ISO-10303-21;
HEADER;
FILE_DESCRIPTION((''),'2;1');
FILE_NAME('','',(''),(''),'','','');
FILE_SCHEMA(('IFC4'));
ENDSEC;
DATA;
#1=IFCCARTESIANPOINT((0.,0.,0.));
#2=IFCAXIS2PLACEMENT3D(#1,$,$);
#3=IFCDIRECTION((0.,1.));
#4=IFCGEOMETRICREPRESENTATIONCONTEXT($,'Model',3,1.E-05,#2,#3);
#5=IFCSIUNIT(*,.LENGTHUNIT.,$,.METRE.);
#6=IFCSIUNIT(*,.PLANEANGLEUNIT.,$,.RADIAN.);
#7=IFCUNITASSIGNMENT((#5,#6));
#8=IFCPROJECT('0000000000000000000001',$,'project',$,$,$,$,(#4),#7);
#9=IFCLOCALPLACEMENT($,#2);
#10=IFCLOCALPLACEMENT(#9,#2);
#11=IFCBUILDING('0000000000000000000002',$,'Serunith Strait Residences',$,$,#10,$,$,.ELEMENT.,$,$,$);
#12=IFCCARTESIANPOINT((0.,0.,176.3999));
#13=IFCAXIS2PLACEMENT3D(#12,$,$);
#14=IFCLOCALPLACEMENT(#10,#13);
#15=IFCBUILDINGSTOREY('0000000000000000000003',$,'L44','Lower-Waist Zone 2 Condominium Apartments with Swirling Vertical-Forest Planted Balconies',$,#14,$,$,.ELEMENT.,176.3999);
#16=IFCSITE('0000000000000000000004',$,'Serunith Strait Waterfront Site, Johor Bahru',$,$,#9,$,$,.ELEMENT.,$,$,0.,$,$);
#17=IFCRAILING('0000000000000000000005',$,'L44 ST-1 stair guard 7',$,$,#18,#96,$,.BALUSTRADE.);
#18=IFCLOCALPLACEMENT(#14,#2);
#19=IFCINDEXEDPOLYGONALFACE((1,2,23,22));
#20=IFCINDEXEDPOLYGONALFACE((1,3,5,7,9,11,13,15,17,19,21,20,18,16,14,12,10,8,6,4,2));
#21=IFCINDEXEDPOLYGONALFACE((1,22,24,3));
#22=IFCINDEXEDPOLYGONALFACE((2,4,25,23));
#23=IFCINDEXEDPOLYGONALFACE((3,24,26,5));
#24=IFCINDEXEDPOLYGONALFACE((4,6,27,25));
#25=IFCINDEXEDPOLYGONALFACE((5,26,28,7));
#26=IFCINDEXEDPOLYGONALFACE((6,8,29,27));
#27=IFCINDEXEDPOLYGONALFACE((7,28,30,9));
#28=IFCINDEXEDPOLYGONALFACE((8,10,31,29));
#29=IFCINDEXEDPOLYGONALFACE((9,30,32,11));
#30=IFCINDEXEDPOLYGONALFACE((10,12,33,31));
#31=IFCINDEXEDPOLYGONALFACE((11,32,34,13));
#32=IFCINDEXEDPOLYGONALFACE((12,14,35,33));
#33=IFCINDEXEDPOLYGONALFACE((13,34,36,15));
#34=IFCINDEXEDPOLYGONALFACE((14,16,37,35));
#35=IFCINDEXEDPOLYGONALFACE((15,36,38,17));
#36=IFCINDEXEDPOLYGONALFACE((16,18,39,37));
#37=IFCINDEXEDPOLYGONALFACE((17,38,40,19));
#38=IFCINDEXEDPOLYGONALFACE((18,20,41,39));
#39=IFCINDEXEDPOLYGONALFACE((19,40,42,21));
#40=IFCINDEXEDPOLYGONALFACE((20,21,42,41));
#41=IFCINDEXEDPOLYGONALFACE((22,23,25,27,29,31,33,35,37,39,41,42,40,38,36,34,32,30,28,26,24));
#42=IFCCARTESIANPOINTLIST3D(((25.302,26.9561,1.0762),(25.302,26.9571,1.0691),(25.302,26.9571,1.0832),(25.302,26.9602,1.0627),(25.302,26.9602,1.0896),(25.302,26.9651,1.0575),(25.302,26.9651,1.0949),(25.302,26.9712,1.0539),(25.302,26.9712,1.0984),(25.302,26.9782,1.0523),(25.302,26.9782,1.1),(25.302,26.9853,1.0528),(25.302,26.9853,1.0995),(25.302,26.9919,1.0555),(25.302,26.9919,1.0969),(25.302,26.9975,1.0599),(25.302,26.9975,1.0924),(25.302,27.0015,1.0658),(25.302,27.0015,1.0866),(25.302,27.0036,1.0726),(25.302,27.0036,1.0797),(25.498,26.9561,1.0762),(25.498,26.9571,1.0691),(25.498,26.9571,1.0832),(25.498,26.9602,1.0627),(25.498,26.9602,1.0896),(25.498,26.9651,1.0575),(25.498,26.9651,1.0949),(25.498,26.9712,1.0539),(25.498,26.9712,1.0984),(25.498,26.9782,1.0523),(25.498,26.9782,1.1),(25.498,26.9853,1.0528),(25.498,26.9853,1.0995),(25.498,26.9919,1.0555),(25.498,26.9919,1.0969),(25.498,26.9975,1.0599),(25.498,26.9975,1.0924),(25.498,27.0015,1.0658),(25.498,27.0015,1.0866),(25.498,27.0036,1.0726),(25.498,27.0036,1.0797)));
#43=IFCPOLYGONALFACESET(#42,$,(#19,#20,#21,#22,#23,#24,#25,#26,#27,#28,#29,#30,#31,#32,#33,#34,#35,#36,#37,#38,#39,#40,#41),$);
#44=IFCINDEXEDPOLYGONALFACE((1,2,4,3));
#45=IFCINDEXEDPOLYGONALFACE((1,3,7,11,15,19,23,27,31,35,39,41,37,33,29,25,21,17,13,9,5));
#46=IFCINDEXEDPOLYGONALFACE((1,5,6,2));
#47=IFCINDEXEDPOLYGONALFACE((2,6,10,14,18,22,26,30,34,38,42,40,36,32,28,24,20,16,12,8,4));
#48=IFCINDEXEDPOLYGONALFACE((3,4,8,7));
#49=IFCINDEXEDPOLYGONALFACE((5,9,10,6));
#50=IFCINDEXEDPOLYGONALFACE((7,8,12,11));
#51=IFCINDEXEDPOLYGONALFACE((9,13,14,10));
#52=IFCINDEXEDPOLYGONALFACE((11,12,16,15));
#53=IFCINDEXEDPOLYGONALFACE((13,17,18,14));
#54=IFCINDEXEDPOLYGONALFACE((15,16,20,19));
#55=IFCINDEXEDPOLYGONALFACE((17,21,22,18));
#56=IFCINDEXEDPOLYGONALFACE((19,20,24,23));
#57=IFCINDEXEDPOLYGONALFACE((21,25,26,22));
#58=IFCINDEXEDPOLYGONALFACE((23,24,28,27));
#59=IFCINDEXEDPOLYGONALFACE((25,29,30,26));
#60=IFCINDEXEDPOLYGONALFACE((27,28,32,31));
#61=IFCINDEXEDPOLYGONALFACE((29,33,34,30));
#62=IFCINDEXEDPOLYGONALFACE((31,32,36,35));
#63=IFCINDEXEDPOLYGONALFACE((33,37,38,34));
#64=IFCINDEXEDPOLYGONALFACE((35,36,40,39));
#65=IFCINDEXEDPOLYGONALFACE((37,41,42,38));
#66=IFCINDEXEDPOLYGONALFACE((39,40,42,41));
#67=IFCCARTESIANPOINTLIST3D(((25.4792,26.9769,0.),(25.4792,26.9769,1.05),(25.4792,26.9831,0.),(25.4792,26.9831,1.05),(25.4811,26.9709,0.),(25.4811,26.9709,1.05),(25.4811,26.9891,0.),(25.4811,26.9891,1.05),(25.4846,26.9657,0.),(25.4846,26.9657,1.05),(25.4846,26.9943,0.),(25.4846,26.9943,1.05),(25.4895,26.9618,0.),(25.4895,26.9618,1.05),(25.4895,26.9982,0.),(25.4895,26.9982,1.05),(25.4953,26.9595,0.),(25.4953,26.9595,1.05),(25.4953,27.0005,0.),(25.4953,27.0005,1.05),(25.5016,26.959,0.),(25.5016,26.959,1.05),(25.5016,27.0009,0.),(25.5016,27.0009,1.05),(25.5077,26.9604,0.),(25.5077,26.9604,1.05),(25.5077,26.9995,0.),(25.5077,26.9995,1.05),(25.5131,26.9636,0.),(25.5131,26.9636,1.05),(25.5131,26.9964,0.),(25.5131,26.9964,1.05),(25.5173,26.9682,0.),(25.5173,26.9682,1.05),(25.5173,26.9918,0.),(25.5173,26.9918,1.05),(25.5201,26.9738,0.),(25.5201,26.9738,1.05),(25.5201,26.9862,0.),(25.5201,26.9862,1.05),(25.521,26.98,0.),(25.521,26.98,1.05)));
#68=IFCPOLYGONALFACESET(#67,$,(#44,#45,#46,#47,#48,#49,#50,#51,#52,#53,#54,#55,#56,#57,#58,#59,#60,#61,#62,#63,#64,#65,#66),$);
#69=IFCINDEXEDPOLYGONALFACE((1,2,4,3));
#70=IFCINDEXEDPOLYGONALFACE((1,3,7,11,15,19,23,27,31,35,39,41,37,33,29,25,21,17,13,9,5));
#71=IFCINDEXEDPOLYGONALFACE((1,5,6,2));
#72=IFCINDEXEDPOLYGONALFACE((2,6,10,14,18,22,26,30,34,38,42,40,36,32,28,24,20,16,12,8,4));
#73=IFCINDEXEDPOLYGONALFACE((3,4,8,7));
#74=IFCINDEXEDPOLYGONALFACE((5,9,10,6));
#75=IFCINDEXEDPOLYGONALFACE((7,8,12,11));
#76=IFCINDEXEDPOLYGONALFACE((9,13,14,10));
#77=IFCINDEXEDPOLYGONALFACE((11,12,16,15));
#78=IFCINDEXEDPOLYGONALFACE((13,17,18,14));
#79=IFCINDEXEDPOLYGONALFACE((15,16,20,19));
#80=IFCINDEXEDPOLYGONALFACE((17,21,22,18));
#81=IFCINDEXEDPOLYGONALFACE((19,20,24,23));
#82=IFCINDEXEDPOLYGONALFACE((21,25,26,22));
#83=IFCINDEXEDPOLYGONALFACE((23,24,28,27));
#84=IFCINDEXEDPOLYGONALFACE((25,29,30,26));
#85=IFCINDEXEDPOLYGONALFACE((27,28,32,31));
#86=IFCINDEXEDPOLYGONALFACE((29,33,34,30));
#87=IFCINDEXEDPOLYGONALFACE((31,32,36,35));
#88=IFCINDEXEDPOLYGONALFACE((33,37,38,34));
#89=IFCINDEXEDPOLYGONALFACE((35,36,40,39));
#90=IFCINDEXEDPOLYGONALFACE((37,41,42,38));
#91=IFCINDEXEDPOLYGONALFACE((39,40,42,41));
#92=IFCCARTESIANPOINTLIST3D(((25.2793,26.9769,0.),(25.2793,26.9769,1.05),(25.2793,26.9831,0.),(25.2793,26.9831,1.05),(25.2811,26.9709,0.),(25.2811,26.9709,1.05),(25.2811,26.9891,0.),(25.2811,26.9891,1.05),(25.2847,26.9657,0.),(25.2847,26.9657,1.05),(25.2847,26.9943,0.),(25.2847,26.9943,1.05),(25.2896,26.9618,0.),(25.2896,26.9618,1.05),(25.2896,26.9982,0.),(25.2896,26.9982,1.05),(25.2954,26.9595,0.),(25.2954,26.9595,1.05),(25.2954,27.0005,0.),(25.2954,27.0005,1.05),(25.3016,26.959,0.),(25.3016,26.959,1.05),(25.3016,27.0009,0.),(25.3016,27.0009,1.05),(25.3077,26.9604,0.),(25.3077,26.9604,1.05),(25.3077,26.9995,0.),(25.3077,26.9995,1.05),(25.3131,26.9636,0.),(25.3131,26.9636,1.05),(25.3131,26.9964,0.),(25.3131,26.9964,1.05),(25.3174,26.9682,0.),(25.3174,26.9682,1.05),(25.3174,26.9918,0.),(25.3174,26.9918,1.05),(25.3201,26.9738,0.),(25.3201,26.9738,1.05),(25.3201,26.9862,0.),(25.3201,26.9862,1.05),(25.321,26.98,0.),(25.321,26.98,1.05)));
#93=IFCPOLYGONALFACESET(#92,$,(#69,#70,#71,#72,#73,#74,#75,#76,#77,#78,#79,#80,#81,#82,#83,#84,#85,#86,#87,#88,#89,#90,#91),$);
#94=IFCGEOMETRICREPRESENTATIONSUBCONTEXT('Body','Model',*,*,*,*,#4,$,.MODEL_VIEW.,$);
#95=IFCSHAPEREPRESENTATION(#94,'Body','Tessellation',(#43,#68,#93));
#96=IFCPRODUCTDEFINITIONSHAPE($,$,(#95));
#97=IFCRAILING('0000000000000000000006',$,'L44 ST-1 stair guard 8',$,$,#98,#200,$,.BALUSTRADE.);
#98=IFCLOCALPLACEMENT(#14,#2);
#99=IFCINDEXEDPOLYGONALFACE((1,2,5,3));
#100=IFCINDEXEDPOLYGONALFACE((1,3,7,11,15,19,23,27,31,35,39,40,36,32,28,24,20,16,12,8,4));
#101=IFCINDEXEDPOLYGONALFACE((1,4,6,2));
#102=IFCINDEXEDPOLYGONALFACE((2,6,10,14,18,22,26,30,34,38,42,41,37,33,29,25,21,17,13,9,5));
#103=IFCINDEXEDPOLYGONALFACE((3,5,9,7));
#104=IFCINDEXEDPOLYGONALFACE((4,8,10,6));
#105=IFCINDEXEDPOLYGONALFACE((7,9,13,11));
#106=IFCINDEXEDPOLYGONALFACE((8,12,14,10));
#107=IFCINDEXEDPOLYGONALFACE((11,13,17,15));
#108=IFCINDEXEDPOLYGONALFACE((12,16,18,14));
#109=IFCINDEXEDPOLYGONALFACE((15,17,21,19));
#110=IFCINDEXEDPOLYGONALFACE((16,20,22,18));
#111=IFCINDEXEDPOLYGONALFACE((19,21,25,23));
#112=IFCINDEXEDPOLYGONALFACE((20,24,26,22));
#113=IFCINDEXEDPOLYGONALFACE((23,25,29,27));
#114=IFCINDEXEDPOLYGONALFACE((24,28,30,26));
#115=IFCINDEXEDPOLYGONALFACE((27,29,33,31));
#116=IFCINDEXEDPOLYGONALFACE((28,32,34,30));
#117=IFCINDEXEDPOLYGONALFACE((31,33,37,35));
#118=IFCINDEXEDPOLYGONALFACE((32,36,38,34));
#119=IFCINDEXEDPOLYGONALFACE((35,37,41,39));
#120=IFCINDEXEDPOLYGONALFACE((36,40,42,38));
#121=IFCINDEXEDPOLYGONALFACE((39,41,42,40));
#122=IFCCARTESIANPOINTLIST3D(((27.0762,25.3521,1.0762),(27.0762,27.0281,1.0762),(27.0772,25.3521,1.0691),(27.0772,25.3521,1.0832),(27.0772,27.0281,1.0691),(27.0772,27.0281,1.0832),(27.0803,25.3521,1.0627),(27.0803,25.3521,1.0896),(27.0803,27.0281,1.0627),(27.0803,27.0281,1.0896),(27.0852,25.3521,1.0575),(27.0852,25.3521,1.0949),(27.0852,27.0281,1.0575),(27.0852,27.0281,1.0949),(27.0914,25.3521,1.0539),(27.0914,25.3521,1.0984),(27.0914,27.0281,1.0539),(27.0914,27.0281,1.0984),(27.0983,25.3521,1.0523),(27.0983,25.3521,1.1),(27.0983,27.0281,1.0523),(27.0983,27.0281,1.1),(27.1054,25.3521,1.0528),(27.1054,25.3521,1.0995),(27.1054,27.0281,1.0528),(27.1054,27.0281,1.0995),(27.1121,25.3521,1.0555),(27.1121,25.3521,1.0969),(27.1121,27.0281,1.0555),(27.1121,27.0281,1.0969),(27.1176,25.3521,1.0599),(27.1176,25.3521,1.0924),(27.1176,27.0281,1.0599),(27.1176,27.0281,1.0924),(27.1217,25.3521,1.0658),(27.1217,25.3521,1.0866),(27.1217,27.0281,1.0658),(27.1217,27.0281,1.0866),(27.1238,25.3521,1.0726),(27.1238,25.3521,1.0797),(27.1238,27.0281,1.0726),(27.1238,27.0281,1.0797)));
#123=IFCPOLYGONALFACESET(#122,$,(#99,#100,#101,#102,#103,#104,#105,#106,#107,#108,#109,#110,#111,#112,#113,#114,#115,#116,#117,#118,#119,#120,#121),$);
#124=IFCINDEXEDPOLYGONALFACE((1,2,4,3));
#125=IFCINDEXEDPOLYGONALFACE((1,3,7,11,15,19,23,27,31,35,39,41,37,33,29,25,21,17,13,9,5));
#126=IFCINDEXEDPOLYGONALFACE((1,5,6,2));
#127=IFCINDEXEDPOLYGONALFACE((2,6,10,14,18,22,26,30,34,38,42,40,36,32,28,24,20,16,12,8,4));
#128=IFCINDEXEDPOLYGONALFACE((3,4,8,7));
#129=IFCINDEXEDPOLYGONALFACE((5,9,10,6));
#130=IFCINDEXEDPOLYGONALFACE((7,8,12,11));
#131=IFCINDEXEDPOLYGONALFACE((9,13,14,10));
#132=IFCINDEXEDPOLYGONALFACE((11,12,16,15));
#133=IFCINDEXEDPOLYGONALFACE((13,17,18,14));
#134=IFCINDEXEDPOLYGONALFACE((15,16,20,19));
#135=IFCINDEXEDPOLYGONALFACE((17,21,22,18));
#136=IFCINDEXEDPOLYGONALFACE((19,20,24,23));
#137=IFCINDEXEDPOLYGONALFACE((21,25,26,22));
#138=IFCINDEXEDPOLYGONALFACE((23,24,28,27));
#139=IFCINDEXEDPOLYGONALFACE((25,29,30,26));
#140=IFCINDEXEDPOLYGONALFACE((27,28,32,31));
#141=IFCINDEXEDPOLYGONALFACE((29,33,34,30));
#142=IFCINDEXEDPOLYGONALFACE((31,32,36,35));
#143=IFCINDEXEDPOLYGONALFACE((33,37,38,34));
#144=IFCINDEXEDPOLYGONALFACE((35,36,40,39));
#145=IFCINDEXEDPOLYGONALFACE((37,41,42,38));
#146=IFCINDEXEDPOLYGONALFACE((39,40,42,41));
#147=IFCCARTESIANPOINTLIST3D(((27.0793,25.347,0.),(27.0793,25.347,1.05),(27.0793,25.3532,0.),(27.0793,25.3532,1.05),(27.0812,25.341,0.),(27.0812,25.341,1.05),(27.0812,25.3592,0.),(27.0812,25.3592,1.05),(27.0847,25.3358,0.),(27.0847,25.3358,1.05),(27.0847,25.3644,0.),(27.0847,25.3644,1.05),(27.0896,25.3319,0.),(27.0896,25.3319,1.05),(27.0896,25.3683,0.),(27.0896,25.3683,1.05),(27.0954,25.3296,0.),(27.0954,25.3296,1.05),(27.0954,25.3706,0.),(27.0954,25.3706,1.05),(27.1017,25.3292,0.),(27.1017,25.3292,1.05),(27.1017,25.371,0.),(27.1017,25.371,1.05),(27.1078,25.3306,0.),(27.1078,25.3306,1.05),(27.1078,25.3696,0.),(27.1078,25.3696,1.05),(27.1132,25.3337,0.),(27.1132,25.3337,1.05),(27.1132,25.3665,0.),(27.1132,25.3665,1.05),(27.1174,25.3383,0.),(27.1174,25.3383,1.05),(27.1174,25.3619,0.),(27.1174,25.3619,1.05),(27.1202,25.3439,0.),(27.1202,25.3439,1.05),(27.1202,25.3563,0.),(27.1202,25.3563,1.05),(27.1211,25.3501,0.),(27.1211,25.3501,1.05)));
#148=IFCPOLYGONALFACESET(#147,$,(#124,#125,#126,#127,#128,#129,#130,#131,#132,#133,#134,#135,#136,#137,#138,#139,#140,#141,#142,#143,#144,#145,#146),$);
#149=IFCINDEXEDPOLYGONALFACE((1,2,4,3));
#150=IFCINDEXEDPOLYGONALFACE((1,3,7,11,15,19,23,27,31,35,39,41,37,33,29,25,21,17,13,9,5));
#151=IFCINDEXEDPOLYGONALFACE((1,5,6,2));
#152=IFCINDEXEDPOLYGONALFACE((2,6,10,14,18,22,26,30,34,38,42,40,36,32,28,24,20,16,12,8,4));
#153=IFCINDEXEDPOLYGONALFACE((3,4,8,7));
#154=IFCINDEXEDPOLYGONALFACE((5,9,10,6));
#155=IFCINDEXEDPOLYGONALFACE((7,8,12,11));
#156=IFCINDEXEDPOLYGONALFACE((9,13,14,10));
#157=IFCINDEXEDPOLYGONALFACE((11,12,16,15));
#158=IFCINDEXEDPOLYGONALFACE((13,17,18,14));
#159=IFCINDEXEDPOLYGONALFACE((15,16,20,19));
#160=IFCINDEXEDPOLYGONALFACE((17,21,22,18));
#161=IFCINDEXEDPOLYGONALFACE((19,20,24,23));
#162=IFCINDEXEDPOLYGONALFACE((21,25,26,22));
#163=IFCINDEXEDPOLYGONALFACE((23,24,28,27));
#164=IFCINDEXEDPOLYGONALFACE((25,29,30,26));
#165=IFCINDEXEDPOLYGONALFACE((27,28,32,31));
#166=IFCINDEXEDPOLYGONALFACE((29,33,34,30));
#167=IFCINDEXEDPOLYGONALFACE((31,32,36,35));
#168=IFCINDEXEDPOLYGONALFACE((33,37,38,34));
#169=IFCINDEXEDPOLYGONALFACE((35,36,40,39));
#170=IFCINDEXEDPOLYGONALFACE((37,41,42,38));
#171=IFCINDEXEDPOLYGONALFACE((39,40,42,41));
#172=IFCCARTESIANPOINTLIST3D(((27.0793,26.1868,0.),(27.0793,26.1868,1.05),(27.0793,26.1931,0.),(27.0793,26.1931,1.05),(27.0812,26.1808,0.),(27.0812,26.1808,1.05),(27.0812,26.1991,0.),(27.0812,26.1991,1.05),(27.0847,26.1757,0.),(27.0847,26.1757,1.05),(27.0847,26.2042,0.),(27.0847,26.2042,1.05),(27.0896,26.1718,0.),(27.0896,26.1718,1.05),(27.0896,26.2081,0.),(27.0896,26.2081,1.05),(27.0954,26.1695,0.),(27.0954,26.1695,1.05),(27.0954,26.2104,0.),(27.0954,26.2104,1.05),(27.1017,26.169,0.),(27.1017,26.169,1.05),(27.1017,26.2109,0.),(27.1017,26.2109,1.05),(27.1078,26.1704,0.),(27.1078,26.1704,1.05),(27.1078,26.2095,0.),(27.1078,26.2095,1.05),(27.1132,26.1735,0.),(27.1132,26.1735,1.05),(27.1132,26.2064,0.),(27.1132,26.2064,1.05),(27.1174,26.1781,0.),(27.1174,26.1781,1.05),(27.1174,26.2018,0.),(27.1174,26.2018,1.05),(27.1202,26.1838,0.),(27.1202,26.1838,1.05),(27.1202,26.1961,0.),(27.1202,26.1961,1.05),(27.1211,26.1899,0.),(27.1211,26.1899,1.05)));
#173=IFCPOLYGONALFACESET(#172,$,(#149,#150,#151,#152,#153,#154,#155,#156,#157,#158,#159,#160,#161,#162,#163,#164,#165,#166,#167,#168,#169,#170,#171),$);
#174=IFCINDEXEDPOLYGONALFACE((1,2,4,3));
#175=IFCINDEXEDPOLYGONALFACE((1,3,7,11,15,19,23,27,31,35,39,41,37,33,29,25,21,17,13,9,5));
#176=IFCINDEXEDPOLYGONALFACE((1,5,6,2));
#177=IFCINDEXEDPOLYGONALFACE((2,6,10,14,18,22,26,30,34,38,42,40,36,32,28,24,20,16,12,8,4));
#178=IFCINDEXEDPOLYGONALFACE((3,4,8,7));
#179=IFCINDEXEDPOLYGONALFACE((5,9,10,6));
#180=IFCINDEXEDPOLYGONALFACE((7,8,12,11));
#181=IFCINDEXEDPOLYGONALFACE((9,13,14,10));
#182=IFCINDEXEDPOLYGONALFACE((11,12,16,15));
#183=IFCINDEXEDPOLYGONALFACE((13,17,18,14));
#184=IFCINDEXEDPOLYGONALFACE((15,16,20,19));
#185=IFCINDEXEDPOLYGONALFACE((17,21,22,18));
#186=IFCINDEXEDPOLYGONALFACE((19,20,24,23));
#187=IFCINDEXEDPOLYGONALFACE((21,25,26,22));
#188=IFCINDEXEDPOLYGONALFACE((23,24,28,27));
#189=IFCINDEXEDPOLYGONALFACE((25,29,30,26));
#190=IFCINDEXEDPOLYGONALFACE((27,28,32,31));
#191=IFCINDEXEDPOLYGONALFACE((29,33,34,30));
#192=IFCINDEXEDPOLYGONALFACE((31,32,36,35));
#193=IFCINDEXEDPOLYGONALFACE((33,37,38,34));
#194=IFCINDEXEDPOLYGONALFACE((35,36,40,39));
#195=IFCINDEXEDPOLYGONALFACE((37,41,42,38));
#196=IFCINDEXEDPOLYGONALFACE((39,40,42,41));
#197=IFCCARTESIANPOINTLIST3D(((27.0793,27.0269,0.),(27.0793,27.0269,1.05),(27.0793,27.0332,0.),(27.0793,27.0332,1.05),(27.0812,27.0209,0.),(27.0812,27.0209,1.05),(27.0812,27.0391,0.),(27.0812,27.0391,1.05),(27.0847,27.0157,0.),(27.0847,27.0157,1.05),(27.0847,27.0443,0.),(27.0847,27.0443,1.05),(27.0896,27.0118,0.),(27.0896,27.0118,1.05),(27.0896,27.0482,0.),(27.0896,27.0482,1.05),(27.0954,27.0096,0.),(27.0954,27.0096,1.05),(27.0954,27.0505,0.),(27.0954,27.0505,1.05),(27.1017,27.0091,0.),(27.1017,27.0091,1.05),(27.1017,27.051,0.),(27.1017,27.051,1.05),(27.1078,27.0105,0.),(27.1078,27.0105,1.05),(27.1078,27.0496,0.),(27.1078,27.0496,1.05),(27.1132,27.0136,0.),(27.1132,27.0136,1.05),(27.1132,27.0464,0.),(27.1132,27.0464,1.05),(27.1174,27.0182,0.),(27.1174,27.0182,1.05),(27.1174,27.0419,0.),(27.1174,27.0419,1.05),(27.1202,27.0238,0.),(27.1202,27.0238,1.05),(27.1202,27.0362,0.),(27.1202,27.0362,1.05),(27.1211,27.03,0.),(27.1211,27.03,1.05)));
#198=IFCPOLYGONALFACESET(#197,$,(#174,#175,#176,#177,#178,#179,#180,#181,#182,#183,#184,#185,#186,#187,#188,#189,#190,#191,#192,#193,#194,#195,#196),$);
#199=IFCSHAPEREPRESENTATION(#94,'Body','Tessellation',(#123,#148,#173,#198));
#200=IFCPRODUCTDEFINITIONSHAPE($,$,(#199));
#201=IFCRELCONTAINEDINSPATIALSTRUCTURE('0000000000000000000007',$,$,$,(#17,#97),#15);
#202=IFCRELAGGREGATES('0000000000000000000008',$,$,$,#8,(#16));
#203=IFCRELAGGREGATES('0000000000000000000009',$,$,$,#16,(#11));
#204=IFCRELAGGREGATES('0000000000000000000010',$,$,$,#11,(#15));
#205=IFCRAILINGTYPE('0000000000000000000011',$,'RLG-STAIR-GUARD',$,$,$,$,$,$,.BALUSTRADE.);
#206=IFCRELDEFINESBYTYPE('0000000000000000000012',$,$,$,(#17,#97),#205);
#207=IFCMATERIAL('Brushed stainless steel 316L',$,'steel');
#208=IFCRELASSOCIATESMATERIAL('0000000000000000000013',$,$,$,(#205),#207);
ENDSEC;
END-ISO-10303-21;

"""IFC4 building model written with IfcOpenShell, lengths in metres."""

from ifc_helpers import new_model, si_unit, direction, frame, origin, origin_2d, place, context, subcontext, project, spatial, circle, extrude, material, type_object, element, save


model = new_model("IFC4")

# Units and contexts
model_context = context("Model", 3, precision=1e-05, world=origin(), true_north=direction((0.0, 1.0)))
body_context = subcontext(model_context, "Body", "Model", "MODEL_VIEW")
ifc_project = project(units=[si_unit("LENGTHUNIT", "METRE"), si_unit("PLANEANGLEUNIT", "RADIAN")], contexts=[model_context])

# Site, building, storey
site_placement = place(None, origin())
site = spatial("IfcSite", under=ifc_project, at=site_placement, Name="Serunith Strait Waterfront Site, Johor Bahru", CompositionType="ELEMENT", RefElevation=0.0)
building_placement = place(site_placement, origin())
building = spatial("IfcBuilding", under=site, at=building_placement, Name="Serunith Strait Residences", CompositionType="ELEMENT")
storey_placement = place(building_placement, frame((0.0, 0.0, 176.3999)))
storey = spatial("IfcBuildingStorey", under=building, at=storey_placement, Name="L44", Description="Lower-Waist Zone 2 Condominium Apartments with Swirling Vertical-Forest Planted Balconies", CompositionType="ELEMENT", Elevation=176.3999)

# Railings
ifc_material_1 = material(Name="Brushed stainless steel 316L", Category="steel")
railing_type_1 = type_object("IfcRailingType", Name="RLG-STAIR-GUARD", PredefinedType="BALUSTRADE", material=ifc_material_1)
railing_1_placement = place(storey_placement, frame((25.5, 26.98, 0.0)))
element("IfcRailing", 1, at=railing_1_placement, inside=storey, type_object=railing_type_1, Name="L44 ST-1 stair guard 7", PredefinedType="BALUSTRADE", context=body_context, shape_type="SweptSolid", body=[
    extrude(circle(Radius=0.0239, at=origin_2d()), frame((-0.002, 0.0, 1.0762), z_axis=(-1.0, 0.0, 0.0), x_axis=(0.0, -1.0, 0.0)), (0.0, 0.0, 1.0), 0.196),
    extrude(circle(Radius=0.021, at=origin_2d()), origin(), (0.0, 0.0, 1.0), 1.05),
    extrude(circle(Radius=0.021, at=origin_2d()), frame((-0.2, 0.0, 0.0)), (0.0, 0.0, 1.0), 1.05),
])
for number, where, name in (
    (2, (27.1001, 25.3501, 0.0), "L44 ST-1 stair guard 8"),
):
    element("IfcRailing", number, at=place(storey_placement, frame(where)), inside=storey, type_object=railing_type_1, Name=name, PredefinedType="BALUSTRADE", context=body_context, shape_type="SweptSolid", body=[
        extrude(circle(Radius=0.0239, at=origin_2d()), frame((0.0, 0.002, 1.0762), z_axis=(0.0, 1.0, 0.0), x_axis=(-1.0, 0.0, 0.0)), (0.0, 0.0, 1.0), 1.676),
        extrude(circle(Radius=0.021, at=origin_2d()), origin(), (0.0, 0.0, 1.0), 1.05),
        extrude(circle(Radius=0.021, at=origin_2d()), frame((0.0, 0.8398, 0.0)), (0.0, 0.0, 1.0), 1.05),
        extrude(circle(Radius=0.021, at=origin_2d()), frame((0.0, 1.6799, 0.0)), (0.0, 0.0, 1.0), 1.05),
    ])

save(model, "model.ifc")
